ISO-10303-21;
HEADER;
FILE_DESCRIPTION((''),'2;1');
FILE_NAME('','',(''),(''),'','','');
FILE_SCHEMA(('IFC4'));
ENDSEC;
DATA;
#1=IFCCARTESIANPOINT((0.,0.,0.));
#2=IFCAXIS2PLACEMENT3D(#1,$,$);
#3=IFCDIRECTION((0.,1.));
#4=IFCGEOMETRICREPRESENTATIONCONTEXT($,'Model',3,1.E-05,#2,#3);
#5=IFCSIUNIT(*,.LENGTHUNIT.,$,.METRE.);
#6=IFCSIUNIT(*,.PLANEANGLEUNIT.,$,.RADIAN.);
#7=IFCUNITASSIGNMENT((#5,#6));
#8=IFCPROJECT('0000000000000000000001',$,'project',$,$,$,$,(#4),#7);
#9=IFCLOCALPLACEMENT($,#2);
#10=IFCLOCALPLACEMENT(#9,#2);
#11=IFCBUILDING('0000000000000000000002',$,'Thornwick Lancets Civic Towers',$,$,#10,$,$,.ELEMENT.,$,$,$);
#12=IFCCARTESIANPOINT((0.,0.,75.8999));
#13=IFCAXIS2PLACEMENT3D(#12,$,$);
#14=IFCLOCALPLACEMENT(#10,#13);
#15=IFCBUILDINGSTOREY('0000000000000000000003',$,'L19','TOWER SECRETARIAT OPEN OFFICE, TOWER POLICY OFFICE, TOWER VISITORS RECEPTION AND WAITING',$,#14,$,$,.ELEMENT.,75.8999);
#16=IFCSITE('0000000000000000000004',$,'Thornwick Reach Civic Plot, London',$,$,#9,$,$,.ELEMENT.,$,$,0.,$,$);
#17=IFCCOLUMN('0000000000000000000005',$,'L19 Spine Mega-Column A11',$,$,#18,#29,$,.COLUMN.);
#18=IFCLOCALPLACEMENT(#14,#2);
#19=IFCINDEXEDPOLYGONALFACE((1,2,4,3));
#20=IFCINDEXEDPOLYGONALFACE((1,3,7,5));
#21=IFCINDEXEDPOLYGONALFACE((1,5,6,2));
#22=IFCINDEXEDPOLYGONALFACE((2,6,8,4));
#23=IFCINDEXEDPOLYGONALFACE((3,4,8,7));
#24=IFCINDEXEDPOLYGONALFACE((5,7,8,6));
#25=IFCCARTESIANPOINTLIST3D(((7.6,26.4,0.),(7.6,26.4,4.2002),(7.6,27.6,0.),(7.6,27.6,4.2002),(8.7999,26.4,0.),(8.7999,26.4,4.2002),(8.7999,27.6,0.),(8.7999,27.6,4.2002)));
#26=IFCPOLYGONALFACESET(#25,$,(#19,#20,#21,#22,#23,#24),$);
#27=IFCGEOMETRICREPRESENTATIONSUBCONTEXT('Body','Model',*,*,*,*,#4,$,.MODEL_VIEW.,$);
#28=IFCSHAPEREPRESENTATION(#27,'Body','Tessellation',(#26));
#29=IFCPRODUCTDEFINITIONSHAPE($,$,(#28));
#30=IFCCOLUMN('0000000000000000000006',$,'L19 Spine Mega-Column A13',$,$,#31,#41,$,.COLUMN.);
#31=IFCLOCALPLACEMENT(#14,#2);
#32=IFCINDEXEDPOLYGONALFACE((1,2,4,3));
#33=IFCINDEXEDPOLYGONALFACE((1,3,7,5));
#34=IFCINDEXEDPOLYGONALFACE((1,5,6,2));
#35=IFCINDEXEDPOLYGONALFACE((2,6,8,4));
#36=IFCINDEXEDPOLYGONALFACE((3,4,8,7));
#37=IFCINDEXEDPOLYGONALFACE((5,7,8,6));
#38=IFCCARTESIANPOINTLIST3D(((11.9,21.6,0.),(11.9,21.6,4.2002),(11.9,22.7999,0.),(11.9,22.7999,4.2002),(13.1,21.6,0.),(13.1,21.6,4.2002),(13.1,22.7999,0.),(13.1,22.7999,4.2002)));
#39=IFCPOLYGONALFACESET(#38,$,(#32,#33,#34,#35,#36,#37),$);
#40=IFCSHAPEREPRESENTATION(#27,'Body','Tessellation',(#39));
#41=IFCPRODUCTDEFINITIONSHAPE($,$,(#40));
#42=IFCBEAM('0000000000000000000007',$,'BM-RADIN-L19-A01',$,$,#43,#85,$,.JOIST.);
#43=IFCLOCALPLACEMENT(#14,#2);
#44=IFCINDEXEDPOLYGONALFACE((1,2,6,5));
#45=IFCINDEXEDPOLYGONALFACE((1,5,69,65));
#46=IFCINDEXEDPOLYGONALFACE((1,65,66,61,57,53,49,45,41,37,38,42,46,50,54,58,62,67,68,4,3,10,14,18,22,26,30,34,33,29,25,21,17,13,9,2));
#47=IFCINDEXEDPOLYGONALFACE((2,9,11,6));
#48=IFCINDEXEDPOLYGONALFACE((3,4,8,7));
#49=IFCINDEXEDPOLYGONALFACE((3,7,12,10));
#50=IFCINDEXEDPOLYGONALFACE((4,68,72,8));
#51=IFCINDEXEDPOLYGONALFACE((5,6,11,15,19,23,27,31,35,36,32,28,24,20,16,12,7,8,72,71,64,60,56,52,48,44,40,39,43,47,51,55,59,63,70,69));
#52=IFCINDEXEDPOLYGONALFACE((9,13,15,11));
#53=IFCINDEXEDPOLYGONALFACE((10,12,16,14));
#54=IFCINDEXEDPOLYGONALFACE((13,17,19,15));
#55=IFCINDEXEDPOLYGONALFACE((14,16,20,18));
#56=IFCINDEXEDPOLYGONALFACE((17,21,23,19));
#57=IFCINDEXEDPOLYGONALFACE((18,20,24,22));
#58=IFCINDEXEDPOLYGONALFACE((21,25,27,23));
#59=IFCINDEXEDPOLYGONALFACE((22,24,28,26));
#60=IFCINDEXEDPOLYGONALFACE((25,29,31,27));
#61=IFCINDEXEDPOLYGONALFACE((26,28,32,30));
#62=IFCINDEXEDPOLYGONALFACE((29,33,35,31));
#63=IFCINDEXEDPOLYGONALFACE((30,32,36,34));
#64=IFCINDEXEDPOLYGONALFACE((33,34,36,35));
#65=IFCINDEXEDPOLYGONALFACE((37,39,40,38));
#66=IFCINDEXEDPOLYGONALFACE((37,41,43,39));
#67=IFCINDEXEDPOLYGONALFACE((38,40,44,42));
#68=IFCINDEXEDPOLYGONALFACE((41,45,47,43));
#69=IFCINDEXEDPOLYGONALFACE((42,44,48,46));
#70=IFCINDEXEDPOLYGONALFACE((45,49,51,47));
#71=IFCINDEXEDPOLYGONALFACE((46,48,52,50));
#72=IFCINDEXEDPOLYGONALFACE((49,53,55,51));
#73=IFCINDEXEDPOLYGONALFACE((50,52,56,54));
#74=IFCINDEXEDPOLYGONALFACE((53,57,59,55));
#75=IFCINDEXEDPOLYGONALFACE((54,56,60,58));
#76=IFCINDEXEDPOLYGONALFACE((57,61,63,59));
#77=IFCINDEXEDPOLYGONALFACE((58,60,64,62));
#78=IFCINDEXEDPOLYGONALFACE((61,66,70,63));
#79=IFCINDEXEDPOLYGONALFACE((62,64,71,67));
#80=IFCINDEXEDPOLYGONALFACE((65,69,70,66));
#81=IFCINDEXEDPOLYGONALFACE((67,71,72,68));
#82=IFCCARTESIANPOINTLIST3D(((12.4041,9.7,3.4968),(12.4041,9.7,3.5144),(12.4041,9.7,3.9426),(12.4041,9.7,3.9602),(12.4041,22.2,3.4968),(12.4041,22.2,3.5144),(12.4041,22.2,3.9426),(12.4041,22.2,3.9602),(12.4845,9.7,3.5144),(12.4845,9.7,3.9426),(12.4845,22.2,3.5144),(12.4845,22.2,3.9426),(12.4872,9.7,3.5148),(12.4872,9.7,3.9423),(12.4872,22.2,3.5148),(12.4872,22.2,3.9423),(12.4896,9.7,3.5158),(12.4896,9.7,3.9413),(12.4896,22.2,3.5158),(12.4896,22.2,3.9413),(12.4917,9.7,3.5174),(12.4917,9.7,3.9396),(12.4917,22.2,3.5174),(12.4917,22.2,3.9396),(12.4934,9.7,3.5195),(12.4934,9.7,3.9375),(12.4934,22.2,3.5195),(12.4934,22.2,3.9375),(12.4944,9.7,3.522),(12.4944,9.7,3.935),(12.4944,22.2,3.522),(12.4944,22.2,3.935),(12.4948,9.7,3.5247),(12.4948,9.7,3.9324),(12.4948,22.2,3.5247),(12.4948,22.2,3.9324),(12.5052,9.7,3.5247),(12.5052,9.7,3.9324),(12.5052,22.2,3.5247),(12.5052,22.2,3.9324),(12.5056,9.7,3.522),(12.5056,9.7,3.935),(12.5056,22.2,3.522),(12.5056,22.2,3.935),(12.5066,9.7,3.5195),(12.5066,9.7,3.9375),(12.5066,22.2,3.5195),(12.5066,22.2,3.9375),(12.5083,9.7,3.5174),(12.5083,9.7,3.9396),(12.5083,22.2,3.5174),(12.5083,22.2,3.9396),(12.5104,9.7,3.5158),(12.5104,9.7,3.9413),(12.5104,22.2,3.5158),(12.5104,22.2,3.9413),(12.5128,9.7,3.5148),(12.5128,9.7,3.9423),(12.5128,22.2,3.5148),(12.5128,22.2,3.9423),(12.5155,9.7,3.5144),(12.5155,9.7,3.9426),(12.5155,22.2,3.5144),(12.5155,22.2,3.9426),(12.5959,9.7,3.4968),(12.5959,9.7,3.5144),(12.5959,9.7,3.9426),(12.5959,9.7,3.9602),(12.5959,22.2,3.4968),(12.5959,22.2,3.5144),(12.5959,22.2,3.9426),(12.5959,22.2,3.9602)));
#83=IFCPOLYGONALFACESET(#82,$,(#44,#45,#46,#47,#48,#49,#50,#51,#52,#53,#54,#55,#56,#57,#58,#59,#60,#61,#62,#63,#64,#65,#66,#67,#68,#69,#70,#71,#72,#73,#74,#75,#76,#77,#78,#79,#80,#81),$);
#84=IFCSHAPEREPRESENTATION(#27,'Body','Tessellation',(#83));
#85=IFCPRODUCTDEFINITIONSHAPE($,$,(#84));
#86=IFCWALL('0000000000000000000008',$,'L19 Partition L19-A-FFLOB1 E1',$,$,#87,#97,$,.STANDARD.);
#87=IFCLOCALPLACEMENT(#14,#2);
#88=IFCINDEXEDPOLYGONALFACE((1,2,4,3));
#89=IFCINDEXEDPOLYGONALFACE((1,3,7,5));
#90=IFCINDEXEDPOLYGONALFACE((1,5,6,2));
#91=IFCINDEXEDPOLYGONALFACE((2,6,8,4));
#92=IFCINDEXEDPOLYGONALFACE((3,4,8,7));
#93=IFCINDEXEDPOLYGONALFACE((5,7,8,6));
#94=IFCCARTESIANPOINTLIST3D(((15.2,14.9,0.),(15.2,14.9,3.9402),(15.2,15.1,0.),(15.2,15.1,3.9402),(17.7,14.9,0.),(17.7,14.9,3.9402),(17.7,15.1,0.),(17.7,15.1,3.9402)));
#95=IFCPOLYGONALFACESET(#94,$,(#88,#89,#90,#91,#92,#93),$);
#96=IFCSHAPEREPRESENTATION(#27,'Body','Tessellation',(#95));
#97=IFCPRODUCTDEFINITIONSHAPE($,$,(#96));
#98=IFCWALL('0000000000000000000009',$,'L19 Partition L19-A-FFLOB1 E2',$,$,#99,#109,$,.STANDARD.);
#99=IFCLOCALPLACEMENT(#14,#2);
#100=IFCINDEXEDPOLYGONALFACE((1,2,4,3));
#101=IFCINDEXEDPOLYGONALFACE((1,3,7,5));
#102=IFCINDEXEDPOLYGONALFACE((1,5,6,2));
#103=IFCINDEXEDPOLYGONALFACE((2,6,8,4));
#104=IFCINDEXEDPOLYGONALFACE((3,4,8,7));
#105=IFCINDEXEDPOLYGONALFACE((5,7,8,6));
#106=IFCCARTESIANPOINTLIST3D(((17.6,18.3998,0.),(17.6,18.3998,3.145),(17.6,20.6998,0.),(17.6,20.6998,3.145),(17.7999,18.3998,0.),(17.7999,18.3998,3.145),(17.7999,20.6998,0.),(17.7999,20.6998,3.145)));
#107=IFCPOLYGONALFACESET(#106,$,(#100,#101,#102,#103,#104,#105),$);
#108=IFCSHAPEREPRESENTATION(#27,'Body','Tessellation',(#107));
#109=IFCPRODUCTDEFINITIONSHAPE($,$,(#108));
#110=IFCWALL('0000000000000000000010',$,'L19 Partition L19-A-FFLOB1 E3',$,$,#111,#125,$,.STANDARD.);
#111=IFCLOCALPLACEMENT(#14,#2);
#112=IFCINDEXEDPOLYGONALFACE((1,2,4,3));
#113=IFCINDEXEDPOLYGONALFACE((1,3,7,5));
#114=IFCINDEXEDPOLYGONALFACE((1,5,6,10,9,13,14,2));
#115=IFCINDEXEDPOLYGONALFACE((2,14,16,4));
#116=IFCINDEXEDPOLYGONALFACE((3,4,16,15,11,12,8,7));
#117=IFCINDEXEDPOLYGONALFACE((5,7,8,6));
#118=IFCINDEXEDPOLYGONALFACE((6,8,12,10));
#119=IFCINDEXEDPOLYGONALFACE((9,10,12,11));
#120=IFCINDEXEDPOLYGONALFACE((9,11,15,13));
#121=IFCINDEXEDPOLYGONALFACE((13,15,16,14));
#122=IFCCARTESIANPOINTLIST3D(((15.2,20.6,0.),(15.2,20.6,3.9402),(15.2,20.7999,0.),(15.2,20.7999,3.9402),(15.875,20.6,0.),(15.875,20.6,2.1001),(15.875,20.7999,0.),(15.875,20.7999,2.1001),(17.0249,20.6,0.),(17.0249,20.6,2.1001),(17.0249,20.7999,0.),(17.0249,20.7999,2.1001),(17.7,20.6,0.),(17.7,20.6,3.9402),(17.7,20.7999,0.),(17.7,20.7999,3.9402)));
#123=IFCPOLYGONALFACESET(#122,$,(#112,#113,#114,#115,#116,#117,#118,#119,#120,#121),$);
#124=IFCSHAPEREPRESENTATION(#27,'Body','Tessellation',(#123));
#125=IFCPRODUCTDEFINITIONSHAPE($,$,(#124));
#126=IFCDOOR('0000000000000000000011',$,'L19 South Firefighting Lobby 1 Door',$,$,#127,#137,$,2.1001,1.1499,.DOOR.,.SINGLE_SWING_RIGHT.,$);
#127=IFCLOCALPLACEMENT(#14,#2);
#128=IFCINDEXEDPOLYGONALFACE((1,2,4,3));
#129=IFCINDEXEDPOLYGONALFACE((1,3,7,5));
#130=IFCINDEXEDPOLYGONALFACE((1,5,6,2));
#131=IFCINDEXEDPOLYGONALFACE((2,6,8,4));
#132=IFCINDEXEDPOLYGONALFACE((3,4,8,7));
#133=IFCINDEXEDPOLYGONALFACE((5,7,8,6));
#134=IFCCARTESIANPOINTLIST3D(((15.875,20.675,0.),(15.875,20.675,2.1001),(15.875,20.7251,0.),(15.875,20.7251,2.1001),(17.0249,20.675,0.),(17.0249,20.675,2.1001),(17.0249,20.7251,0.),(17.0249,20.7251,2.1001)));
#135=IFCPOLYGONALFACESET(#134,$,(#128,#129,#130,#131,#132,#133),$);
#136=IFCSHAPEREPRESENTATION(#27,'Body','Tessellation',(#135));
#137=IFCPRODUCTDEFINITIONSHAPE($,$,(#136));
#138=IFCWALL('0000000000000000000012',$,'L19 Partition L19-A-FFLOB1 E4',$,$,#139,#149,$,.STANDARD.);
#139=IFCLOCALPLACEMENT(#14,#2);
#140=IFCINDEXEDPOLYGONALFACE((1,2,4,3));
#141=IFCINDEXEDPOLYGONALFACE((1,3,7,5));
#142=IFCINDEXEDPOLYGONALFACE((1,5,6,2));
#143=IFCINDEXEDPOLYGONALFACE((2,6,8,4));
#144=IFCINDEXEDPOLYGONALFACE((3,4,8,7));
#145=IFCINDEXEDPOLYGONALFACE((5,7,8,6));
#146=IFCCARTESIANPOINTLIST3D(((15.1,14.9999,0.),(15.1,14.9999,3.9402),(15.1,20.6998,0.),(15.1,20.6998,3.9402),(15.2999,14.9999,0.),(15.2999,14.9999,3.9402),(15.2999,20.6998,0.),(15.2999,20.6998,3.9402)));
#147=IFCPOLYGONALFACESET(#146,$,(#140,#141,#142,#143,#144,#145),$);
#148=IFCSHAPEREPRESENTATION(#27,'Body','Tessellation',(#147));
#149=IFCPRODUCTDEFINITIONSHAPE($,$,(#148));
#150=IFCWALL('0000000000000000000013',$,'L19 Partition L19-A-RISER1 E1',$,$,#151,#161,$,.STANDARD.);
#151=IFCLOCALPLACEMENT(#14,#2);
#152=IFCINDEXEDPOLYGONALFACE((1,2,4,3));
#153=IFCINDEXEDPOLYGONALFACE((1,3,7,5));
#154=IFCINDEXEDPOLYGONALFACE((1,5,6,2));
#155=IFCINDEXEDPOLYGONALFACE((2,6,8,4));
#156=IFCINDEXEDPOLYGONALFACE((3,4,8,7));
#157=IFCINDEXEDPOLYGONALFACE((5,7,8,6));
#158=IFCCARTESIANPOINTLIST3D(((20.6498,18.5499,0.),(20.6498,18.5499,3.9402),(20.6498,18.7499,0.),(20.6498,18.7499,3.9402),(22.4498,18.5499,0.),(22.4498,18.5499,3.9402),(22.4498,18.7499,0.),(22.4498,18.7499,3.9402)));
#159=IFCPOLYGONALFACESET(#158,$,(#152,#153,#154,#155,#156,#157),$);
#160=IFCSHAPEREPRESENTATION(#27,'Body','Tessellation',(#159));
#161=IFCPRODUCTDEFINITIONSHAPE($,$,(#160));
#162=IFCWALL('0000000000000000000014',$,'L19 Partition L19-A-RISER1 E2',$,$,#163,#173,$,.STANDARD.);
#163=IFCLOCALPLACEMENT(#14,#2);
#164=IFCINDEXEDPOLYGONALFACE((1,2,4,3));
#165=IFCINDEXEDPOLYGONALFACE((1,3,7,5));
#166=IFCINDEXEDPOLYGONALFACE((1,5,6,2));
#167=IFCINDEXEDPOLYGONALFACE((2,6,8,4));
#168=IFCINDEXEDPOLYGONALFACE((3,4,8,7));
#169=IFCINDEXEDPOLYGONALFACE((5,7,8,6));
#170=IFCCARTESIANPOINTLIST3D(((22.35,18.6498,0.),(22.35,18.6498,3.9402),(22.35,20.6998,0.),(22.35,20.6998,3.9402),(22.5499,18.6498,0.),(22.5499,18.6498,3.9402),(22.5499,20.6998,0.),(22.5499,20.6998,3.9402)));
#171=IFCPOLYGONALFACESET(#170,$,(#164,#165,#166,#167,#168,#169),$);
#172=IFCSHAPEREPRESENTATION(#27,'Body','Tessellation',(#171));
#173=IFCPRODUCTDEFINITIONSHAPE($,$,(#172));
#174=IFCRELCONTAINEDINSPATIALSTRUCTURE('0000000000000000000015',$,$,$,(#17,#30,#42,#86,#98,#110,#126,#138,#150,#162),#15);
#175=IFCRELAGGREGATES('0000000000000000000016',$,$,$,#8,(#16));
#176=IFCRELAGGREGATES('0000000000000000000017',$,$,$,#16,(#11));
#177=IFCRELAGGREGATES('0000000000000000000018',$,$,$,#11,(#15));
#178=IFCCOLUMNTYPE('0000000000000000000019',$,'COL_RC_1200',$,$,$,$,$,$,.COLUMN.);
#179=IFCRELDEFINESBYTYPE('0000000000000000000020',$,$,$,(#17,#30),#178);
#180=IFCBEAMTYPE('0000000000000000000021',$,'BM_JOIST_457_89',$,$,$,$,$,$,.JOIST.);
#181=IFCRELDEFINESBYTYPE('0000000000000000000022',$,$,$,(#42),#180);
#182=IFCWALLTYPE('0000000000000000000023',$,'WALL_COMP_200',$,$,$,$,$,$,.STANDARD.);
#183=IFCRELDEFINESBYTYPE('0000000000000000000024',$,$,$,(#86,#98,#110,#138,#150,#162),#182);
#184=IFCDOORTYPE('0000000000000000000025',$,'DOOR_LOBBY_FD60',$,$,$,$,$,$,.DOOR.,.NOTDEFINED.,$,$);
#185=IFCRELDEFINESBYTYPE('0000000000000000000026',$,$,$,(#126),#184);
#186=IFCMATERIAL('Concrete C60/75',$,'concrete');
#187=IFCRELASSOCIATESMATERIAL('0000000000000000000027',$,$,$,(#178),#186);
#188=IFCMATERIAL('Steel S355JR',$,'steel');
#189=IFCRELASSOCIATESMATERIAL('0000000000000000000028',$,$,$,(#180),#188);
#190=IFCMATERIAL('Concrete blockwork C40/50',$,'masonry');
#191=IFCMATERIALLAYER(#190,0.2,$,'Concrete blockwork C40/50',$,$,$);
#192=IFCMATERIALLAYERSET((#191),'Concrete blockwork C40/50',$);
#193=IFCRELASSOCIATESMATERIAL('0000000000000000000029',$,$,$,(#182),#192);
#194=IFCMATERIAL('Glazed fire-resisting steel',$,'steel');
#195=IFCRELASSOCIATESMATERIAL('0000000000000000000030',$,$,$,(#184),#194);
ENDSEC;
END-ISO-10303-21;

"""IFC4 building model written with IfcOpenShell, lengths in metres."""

from ifc_helpers import new_model, si_unit, direction, frame, frame_2d, origin, origin_2d, place, context, subcontext, project, spatial, rectangle, i_section, extrude, material, layer, layer_set, material_profile, profile_set, type_object, element, fill, save


model = new_model("IFC4")

# Units and contexts
model_context = context("Model", 3, precision=1e-05, world=origin(), true_north=direction((0.0, 1.0)))
body_context = subcontext(model_context, "Body", "Model", "MODEL_VIEW")
ifc_project = project(units=[si_unit("LENGTHUNIT", "METRE"), si_unit("PLANEANGLEUNIT", "RADIAN")], contexts=[model_context])

# Site, building, storey
site_placement = place(None, origin())
site = spatial("IfcSite", under=ifc_project, at=site_placement, Name="Thornwick Reach Civic Plot, London", CompositionType="ELEMENT", RefElevation=0.0)
building_placement = place(site_placement, origin())
building = spatial("IfcBuilding", under=site, at=building_placement, Name="Thornwick Lancets Civic Towers", CompositionType="ELEMENT")
storey_placement = place(building_placement, frame((0.0, 0.0, 75.8999)))
storey = spatial("IfcBuildingStorey", under=building, at=storey_placement, Name="L19", Description="TOWER SECRETARIAT OPEN OFFICE, TOWER POLICY OFFICE, TOWER VISITORS RECEPTION AND WAITING", CompositionType="ELEMENT", Elevation=75.8999)

# Columns
ifc_material_1 = material(Name="Concrete C60/75", Category="concrete")
ifc_material_profile_1 = material_profile(ifc_material_1, rectangle(XDim=1.2, YDim=1.2, at=origin_2d()), Name="RC 1200x1200")
ifc_profile_set_1 = profile_set([ifc_material_profile_1], Name="Concrete C60/75")
column_type = type_object("IfcColumnType", Name="COL_RC_1200", PredefinedType="COLUMN", material=ifc_profile_set_1)
for number, where, z_axis, x_axis, name in (
    (1, (8.2, 27.0, 0.0), (0.0, 0.0, 1.0), (1.0, 0.0, 0.0), "L19 Spine Mega-Column A11"),
    (2, (12.5, 22.2, 0.0), (0.0, 0.0, 1.0), (1.0, 0.0, 0.0), "L19 Spine Mega-Column A13"),
):
    element("IfcColumn", number, at=place(storey_placement, frame(where, z_axis=z_axis, x_axis=x_axis)), inside=storey, type_object=column_type, Name=name, PredefinedType="COLUMN", context=body_context, shape_type="SweptSolid", body=[
        extrude(rectangle(XDim=1.2, YDim=1.2, at=origin_2d()), origin(), (0.0, 0.0, 1.0), 4.2002),
    ])

# Beam
ifc_material_2 = material(Name="Steel S355JR", Category="steel")
ifc_material_profile_2 = material_profile(ifc_material_2, i_section(OverallWidth=0.1919, OverallDepth=0.4634, WebThickness=0.0105, FlangeThickness=0.0176, FilletRadius=0.0103, at=origin_2d()), Name="UKB 457x191x89")
ifc_profile_set_2 = profile_set([ifc_material_profile_2], Name="Steel S355JR")
beam_type = type_object("IfcBeamType", Name="BM_JOIST_457_89", PredefinedType="JOIST", material=ifc_profile_set_2)
beam_placement = place(storey_placement, frame((12.5, 22.2, 3.7285), z_axis=(0.0, -1.0, 0.0), x_axis=(1.0, 0.0, 0.0)))
element("IfcBeam", 3, at=beam_placement, inside=storey, type_object=beam_type, Name="BM-RADIN-L19-A01", PredefinedType="JOIST", context=body_context, shape_type="SweptSolid", body=[
    extrude(i_section(OverallWidth=0.1919, OverallDepth=0.4634, WebThickness=0.0105, FlangeThickness=0.0176, FilletRadius=0.0103, at=origin_2d()), origin(), (0.0, 0.0, 1.0), 12.5),
])

# Walls
ifc_material_3 = material(Name="Concrete blockwork C40/50", Category="masonry")
ifc_layer_1 = layer(ifc_material_3, 0.2, Name="Concrete blockwork C40/50")
ifc_layer_set_1 = layer_set([ifc_layer_1], Name="Concrete blockwork C40/50")
wall_type_1 = type_object("IfcWallType", Name="WALL_COMP_200", PredefinedType="STANDARD", material=ifc_layer_set_1)
wall_1_placement = place(storey_placement, frame((15.2, 15.0, 0.0), z_axis=(0.0, 0.0, 1.0), x_axis=(1.0, 0.0, 0.0)))
element("IfcWall", 4, at=wall_1_placement, inside=storey, type_object=wall_type_1, Name="L19 Partition L19-A-FFLOB1 E1", PredefinedType="STANDARD", context=body_context, shape_type="SweptSolid", body=[
    extrude(rectangle(XDim=2.5, YDim=0.2, at=frame_2d((1.25, 0.0))), origin(), (0.0, 0.0, 1.0), 3.9402),
])
wall_2_placement = place(storey_placement, frame((17.7, 18.3999, 0.0), z_axis=(0.0, 0.0, 1.0), x_axis=(0.0, 1.0, 0.0)))
element("IfcWall", 5, at=wall_2_placement, inside=storey, type_object=wall_type_1, Name="L19 Partition L19-A-FFLOB1 E2", PredefinedType="STANDARD", context=body_context, shape_type="SweptSolid", body=[
    extrude(rectangle(XDim=2.3, YDim=0.2, at=frame_2d((1.1499, 0.0))), origin(), (0.0, 0.0, 1.0), 3.145),
])

# Wall, opening, door
wall_3_placement = place(storey_placement, frame((17.7, 20.7, 0.0), z_axis=(0.0, 0.0, 1.0), x_axis=(-1.0, 0.0, 0.0)))
wall_3 = element("IfcWall", 6, at=wall_3_placement, inside=storey, type_object=wall_type_1, Name="L19 Partition L19-A-FFLOB1 E3", PredefinedType="STANDARD", context=body_context, shape_type="SweptSolid", body=[
    extrude(rectangle(XDim=2.5, YDim=0.2, at=frame_2d((1.25, 0.0))), origin(), (0.0, 0.0, 1.0), 3.9402),
])
opening_1_placement = place(wall_3_placement, frame((0.675, 0.0, 0.0)))
opening_1 = element("IfcOpeningElement", 7, at=opening_1_placement, cuts=wall_3, PredefinedType="OPENING", context=body_context, shape_type="SweptSolid", body=[
    extrude(rectangle(XDim=1.1499, YDim=2.1001, at=frame_2d((0.575, 1.05))), frame((0.0, 0.1099, 0.0), z_axis=(0.0, -1.0, 0.0), x_axis=(1.0, 0.0, 0.0)), (0.0, 0.0, 1.0), 0.22),
])
ifc_material_4 = material(Name="Glazed fire-resisting steel", Category="steel")
door_type_1 = type_object("IfcDoorType", Name="DOOR_LOBBY_FD60", OperationType="NOTDEFINED", PredefinedType="DOOR", material=ifc_material_4)
door_1_placement = place(opening_1_placement, origin())
door_1 = element("IfcDoor", 8, at=door_1_placement, inside=storey, type_object=door_type_1, Name="L19 South Firefighting Lobby 1 Door", OperationType="SINGLE_SWING_RIGHT", OverallHeight=2.1001, OverallWidth=1.1499, PredefinedType="DOOR", context=body_context, shape_type="SweptSolid", body=[
    extrude(rectangle(XDim=1.1499, YDim=2.1001, at=frame_2d((0.575, 1.05))), frame((0.0, 0.0249, 0.0), z_axis=(0.0, -1.0, 0.0), x_axis=(1.0, 0.0, 0.0)), (0.0, 0.0, 1.0), 0.05),
])
fill(opening_1, door_1)

# Walls
wall_4_placement = place(storey_placement, frame((15.2, 20.7, 0.0), z_axis=(0.0, 0.0, 1.0), x_axis=(0.0, -1.0, 0.0)))
element("IfcWall", 9, at=wall_4_placement, inside=storey, type_object=wall_type_1, Name="L19 Partition L19-A-FFLOB1 E4", PredefinedType="STANDARD", context=body_context, shape_type="SweptSolid", body=[
    extrude(rectangle(XDim=5.7, YDim=0.2, at=frame_2d((2.8501, 0.0))), origin(), (0.0, 0.0, 1.0), 3.9402),
])
wall_5_placement = place(storey_placement, frame((20.6499, 18.6499, 0.0), z_axis=(0.0, 0.0, 1.0), x_axis=(1.0, 0.0, 0.0)))
element("IfcWall", 10, at=wall_5_placement, inside=storey, type_object=wall_type_1, Name="L19 Partition L19-A-RISER1 E1", PredefinedType="STANDARD", context=body_context, shape_type="SweptSolid", body=[
    extrude(rectangle(XDim=1.8, YDim=0.2, at=frame_2d((0.8999, 0.0))), origin(), (0.0, 0.0, 1.0), 3.9402),
])
wall_6_placement = place(storey_placement, frame((22.45, 18.6499, 0.0), z_axis=(0.0, 0.0, 1.0), x_axis=(0.0, 1.0, 0.0)))
element("IfcWall", 11, at=wall_6_placement, inside=storey, type_object=wall_type_1, Name="L19 Partition L19-A-RISER1 E2", PredefinedType="STANDARD", context=body_context, shape_type="SweptSolid", body=[
    extrude(rectangle(XDim=2.05, YDim=0.2, at=frame_2d((1.0249, 0.0))), origin(), (0.0, 0.0, 1.0), 3.9402),
])

save(model, "model.ifc")
